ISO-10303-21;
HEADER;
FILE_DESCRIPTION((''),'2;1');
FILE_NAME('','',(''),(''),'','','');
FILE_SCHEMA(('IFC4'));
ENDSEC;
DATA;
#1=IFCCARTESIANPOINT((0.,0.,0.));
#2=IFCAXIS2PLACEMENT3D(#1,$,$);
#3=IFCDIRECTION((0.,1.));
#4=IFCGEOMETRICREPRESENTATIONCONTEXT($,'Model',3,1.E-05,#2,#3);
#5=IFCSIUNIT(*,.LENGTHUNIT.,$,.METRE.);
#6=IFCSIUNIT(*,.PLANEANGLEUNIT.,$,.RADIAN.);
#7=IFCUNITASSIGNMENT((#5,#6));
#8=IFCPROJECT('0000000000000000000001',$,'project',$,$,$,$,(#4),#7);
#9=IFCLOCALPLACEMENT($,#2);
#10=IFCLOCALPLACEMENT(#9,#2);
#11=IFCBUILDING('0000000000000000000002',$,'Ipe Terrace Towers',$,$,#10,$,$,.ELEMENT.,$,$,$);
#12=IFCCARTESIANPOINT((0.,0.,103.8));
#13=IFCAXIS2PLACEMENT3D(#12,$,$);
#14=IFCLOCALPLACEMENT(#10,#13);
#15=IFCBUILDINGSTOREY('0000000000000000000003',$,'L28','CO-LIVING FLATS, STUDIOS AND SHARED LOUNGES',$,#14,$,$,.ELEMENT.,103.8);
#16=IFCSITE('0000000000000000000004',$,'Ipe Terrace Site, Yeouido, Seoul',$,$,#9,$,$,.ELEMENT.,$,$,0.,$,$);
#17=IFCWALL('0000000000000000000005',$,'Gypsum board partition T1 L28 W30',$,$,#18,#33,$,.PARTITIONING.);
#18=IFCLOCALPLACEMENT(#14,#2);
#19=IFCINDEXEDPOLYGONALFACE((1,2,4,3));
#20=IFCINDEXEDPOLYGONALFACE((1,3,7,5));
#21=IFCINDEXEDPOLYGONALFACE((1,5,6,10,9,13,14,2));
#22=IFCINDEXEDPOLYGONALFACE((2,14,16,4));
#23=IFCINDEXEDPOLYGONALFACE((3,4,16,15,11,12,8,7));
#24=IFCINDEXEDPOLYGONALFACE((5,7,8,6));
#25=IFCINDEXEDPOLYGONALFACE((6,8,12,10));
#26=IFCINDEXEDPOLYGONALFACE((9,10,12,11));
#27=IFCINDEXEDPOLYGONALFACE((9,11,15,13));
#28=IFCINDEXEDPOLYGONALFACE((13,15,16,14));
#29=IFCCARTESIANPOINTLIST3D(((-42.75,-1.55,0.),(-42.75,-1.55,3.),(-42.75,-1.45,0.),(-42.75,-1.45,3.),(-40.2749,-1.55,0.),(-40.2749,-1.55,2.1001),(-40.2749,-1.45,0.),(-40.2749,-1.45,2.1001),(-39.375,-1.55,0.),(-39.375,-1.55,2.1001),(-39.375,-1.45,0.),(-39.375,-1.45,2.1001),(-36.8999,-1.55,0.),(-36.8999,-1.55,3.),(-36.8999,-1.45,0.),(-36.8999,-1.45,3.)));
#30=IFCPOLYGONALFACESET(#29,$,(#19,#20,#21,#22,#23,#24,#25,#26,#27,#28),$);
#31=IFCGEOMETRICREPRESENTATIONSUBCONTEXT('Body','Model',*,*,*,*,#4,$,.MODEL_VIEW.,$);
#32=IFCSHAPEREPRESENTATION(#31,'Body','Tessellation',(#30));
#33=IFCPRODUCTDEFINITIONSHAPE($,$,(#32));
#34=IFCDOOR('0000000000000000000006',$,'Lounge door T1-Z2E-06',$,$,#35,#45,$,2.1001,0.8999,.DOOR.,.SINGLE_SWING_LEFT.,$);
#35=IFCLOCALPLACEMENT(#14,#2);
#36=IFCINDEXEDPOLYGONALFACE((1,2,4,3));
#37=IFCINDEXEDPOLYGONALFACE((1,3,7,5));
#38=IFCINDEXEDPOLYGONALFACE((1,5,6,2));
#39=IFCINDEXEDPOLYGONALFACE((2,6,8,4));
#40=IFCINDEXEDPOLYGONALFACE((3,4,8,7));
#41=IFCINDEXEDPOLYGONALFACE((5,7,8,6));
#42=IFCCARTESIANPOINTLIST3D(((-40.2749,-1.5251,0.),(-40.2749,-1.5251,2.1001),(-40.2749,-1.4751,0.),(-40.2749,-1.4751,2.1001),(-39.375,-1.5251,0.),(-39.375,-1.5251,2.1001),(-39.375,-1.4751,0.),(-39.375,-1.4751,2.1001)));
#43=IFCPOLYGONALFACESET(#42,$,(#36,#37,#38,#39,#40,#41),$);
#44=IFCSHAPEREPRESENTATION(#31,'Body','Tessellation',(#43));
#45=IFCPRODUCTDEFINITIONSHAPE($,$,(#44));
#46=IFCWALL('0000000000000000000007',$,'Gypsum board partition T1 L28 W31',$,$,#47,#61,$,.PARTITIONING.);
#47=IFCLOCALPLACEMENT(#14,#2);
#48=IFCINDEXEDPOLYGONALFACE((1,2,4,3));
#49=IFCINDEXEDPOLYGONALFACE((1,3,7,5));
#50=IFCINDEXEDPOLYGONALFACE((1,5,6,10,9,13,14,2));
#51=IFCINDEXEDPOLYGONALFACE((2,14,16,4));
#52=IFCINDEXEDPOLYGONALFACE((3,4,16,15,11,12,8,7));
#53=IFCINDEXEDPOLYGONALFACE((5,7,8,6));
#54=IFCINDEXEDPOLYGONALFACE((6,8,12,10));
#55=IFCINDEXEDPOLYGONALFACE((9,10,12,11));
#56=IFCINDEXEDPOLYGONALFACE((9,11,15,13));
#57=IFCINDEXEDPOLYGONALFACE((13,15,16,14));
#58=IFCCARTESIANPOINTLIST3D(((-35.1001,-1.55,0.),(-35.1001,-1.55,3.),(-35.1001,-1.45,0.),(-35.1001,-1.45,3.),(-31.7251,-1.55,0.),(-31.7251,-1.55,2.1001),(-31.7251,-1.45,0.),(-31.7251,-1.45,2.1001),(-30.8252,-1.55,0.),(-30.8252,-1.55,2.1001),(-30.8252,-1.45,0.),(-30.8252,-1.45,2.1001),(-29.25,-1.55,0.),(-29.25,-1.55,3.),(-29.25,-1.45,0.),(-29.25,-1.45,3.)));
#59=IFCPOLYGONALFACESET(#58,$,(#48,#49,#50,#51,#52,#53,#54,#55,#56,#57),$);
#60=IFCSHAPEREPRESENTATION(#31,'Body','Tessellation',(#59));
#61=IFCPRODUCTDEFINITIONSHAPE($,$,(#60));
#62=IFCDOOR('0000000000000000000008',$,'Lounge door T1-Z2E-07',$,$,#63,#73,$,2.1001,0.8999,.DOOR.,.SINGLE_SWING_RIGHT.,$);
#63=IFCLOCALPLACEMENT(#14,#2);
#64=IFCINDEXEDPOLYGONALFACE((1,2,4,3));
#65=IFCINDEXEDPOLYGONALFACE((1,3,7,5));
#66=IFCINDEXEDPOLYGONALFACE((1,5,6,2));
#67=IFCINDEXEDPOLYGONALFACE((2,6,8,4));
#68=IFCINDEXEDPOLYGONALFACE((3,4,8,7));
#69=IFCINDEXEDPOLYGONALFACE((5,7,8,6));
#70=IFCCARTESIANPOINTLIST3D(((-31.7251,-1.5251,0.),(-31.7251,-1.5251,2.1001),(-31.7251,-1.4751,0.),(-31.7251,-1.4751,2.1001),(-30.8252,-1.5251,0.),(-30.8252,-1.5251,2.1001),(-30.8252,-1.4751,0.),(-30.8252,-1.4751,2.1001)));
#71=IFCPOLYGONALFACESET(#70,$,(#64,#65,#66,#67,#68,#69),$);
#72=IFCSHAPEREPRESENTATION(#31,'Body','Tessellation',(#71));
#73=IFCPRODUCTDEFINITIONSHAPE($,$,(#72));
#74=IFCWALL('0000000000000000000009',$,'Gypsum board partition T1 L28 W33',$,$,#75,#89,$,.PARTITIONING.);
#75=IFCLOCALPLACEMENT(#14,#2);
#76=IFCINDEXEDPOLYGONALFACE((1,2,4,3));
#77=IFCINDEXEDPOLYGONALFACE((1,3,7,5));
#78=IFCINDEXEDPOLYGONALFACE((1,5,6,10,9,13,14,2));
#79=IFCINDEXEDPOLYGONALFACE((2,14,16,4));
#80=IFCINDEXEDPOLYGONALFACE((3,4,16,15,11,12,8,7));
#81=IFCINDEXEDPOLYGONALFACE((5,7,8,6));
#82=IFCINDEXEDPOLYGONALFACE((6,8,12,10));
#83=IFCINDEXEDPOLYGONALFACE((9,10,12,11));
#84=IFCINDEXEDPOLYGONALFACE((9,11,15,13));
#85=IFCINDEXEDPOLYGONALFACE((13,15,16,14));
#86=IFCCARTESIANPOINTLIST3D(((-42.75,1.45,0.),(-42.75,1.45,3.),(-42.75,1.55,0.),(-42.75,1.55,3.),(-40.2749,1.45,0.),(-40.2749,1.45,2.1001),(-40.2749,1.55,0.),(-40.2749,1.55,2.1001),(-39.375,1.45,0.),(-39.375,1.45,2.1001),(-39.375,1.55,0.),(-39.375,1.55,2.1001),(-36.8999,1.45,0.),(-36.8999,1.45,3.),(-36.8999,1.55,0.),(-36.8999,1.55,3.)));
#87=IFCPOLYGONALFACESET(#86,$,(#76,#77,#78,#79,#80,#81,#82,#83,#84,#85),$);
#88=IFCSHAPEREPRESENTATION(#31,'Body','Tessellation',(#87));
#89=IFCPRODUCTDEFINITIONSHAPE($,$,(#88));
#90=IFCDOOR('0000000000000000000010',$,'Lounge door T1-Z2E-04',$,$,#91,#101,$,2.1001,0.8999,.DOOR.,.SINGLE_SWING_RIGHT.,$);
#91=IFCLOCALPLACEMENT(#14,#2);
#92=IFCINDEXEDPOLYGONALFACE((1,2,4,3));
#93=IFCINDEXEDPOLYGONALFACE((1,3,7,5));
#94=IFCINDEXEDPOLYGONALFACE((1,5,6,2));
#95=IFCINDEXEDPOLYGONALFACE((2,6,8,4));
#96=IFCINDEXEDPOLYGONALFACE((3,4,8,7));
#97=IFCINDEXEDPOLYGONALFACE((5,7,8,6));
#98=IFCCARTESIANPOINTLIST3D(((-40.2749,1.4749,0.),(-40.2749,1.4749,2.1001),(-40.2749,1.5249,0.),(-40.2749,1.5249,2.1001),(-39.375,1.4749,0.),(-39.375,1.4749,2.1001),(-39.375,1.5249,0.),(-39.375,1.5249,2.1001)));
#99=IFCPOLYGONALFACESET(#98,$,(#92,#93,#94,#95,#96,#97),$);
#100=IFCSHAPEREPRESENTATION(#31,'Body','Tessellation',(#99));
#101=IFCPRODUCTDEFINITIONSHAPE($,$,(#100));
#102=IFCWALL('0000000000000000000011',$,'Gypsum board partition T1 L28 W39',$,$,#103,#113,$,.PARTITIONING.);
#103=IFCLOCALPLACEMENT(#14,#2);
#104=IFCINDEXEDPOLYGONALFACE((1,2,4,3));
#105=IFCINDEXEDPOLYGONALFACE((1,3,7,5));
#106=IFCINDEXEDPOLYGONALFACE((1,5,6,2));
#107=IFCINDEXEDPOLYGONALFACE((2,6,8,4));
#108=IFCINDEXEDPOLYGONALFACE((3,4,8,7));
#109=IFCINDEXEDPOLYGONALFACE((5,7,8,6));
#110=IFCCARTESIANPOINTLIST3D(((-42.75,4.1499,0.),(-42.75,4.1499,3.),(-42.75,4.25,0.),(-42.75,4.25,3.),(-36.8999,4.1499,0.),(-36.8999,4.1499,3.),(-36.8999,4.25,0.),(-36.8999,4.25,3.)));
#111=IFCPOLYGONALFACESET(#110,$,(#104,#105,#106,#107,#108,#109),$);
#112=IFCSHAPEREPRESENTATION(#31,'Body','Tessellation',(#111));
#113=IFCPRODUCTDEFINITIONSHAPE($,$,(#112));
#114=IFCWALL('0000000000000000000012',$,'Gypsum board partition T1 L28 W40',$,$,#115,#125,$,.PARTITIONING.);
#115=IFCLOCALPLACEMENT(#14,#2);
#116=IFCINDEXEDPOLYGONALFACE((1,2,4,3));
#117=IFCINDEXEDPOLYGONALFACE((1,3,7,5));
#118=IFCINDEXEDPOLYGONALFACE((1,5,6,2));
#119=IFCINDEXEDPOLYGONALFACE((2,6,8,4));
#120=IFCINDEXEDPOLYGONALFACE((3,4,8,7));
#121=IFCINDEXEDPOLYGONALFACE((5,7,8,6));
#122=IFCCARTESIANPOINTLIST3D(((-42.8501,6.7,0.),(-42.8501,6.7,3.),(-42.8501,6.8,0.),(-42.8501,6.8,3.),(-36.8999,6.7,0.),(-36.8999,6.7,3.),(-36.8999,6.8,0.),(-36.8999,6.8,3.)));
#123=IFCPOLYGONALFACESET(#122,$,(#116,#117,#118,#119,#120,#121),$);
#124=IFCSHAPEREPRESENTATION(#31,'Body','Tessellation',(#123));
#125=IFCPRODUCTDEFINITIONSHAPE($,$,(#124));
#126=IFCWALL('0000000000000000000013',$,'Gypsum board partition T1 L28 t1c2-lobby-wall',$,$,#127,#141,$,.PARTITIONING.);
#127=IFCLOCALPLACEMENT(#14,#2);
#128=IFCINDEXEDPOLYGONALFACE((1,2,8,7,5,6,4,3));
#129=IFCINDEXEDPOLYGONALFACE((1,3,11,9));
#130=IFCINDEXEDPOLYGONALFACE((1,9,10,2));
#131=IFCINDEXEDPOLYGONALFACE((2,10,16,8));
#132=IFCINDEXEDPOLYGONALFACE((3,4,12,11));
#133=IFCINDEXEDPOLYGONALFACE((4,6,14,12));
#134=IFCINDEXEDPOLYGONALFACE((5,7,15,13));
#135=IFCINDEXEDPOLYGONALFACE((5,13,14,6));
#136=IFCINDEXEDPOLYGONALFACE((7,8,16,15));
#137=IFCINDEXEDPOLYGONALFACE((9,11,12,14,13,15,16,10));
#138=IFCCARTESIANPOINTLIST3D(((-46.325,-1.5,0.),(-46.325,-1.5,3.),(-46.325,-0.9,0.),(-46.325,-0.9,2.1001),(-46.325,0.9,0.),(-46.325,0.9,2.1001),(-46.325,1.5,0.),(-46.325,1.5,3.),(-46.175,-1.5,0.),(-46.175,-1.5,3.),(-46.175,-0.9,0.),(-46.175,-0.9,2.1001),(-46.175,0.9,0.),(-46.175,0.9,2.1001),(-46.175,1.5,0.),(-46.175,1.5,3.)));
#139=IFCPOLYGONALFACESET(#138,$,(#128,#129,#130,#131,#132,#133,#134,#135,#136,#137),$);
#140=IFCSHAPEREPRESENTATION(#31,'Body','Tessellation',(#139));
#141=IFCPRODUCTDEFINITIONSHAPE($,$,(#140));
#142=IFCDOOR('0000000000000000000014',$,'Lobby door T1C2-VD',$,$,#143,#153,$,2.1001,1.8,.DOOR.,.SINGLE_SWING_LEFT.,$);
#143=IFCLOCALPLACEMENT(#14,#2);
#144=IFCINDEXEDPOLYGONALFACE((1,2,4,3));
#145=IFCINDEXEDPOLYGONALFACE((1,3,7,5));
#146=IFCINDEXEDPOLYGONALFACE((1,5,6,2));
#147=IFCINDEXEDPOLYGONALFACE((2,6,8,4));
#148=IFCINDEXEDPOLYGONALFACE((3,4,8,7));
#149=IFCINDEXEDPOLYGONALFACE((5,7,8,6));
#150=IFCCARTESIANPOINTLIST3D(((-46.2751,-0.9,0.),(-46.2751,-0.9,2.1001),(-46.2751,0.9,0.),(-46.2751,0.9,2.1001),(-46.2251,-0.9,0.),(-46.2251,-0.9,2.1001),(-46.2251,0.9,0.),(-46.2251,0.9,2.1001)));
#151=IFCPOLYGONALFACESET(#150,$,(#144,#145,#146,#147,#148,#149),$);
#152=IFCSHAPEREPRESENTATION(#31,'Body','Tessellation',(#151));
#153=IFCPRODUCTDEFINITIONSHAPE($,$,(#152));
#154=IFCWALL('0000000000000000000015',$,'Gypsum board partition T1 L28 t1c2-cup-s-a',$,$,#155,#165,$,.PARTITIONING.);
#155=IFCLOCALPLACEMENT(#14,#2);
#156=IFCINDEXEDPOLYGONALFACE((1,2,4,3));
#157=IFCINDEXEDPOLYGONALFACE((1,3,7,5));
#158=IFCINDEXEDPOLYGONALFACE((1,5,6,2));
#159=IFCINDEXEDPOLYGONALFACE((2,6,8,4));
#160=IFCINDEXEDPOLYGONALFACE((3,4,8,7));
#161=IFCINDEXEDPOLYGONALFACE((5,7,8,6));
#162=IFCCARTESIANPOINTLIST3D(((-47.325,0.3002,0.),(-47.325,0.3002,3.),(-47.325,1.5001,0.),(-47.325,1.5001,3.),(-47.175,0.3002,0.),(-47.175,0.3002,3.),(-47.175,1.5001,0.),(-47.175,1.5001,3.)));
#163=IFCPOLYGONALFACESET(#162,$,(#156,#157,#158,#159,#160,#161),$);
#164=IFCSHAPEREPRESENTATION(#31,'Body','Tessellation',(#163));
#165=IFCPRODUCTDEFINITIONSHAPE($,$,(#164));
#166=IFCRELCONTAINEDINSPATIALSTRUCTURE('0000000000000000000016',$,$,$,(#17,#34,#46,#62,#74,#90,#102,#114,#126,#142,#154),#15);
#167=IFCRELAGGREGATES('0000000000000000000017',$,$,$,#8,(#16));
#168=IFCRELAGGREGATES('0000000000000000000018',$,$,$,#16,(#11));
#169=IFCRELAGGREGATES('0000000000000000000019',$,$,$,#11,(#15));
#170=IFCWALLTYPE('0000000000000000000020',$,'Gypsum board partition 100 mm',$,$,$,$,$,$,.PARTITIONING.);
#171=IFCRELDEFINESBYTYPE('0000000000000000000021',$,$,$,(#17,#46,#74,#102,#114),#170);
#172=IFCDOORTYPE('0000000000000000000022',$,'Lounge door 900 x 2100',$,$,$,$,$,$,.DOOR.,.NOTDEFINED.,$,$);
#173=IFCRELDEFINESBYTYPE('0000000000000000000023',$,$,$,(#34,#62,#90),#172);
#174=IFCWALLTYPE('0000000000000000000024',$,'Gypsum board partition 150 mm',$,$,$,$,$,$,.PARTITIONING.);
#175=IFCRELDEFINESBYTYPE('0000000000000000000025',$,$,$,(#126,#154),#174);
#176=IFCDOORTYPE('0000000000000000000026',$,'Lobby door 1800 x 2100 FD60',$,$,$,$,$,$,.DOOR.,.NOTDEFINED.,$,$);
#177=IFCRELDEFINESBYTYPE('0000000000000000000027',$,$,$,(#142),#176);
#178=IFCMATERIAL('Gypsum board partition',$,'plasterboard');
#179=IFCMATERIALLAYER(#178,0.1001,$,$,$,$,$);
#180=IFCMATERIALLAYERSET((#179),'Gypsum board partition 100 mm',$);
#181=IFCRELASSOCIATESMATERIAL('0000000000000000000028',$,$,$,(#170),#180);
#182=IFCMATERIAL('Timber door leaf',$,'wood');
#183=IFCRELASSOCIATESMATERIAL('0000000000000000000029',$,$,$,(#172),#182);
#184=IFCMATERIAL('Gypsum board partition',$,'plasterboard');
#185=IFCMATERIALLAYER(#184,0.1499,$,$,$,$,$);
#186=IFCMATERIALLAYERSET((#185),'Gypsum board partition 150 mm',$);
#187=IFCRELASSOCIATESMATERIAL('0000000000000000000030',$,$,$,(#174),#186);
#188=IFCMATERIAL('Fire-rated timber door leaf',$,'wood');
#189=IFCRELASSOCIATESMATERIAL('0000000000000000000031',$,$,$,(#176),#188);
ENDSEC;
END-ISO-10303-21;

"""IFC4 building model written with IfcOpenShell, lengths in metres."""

from ifc_helpers import new_model, si_unit, direction, frame, frame_2d, origin, place, context, subcontext, project, spatial, rectangle, extrude, material, layer, layer_set, type_object, element, fill, save


model = new_model("IFC4")

# Units and contexts
model_context = context("Model", 3, precision=1e-05, world=origin(), true_north=direction((0.0, 1.0)))
body_context = subcontext(model_context, "Body", "Model", "MODEL_VIEW")
ifc_project = project(units=[si_unit("LENGTHUNIT", "METRE"), si_unit("PLANEANGLEUNIT", "RADIAN")], contexts=[model_context])

# Site, building, storey
site_placement = place(None, origin())
site = spatial("IfcSite", under=ifc_project, at=site_placement, Name="Ipe Terrace Site, Yeouido, Seoul", CompositionType="ELEMENT", RefElevation=0.0)
building_placement = place(site_placement, origin())
building = spatial("IfcBuilding", under=site, at=building_placement, Name="Ipe Terrace Towers", CompositionType="ELEMENT")
storey_placement = place(building_placement, frame((0.0, 0.0, 103.8)))
storey = spatial("IfcBuildingStorey", under=building, at=storey_placement, Name="L28", Description="CO-LIVING FLATS, STUDIOS AND SHARED LOUNGES", CompositionType="ELEMENT", Elevation=103.8)

# Walls, openings, doors
ifc_material_1 = material(Name="Gypsum board partition", Category="plasterboard")
ifc_layer_1 = layer(ifc_material_1, 0.1001)
ifc_layer_set_1 = layer_set([ifc_layer_1], Name="Gypsum board partition 100 mm")
wall_type_1 = type_object("IfcWallType", Name="Gypsum board partition 100 mm", PredefinedType="PARTITIONING", material=ifc_layer_set_1)
ifc_material_2 = material(Name="Timber door leaf", Category="wood")
door_type_1 = type_object("IfcDoorType", Name="Lounge door 900 x 2100", OperationType="NOTDEFINED", PredefinedType="DOOR", material=ifc_material_2)
wall_1_placement = place(storey_placement, frame((-42.75, -1.5, 0.0), z_axis=(0.0, 0.0, 1.0), x_axis=(1.0, 0.0, 0.0)))
wall_1 = element("IfcWall", 1, at=wall_1_placement, inside=storey, type_object=wall_type_1, Name="Gypsum board partition T1 L28 W30", PredefinedType="PARTITIONING", context=body_context, shape_type="SweptSolid", body=[
    extrude(rectangle(XDim=5.8501, YDim=0.1001, at=frame_2d((2.925, 0.0))), origin(), (0.0, 0.0, 1.0), 3.0),
])
opening_1_placement = place(wall_1_placement, frame((2.4751, 0.0, 0.0)))
opening_1 = element("IfcOpeningElement", 2, at=opening_1_placement, cuts=wall_1, PredefinedType="OPENING", context=body_context, shape_type="SweptSolid", body=[
    extrude(rectangle(XDim=0.8999, YDim=2.1001, at=frame_2d((0.45, 1.05))), frame((0.0, 0.0601, 0.0), z_axis=(0.0, -1.0, 0.0), x_axis=(1.0, 0.0, 0.0)), (0.0, 0.0, 1.0), 0.1201),
])
door_1_placement = place(opening_1_placement, origin())
door_1 = element("IfcDoor", 3, at=door_1_placement, inside=storey, type_object=door_type_1, Name="Lounge door T1-Z2E-06", OperationType="SINGLE_SWING_LEFT", OverallHeight=2.1001, OverallWidth=0.8999, PredefinedType="DOOR", context=body_context, shape_type="SweptSolid", body=[
    extrude(rectangle(XDim=0.8999, YDim=2.1001, at=frame_2d((0.45, 1.05))), frame((0.0, 0.0249, 0.0), z_axis=(0.0, -1.0, 0.0), x_axis=(1.0, 0.0, 0.0)), (0.0, 0.0, 1.0), 0.05),
])
fill(opening_1, door_1)
wall_2_placement = place(storey_placement, frame((-35.1001, -1.5, 0.0), z_axis=(0.0, 0.0, 1.0), x_axis=(1.0, 0.0, 0.0)))
wall_2 = element("IfcWall", 4, at=wall_2_placement, inside=storey, type_object=wall_type_1, Name="Gypsum board partition T1 L28 W31", PredefinedType="PARTITIONING", context=body_context, shape_type="SweptSolid", body=[
    extrude(rectangle(XDim=5.8501, YDim=0.1001, at=frame_2d((2.925, 0.0))), origin(), (0.0, 0.0, 1.0), 3.0),
])
opening_2_placement = place(wall_2_placement, frame((3.375, 0.0, 0.0)))
opening_2 = element("IfcOpeningElement", 5, at=opening_2_placement, cuts=wall_2, PredefinedType="OPENING", context=body_context, shape_type="SweptSolid", body=[
    extrude(rectangle(XDim=0.8999, YDim=2.1001, at=frame_2d((0.45, 1.05))), frame((0.0, 0.0601, 0.0), z_axis=(0.0, -1.0, 0.0), x_axis=(1.0, 0.0, 0.0)), (0.0, 0.0, 1.0), 0.1201),
])
door_2_placement = place(opening_2_placement, origin())
door_2 = element("IfcDoor", 6, at=door_2_placement, inside=storey, type_object=door_type_1, Name="Lounge door T1-Z2E-07", OperationType="SINGLE_SWING_RIGHT", OverallHeight=2.1001, OverallWidth=0.8999, PredefinedType="DOOR", context=body_context, shape_type="SweptSolid", body=[
    extrude(rectangle(XDim=0.8999, YDim=2.1001, at=frame_2d((0.45, 1.05))), frame((0.0, 0.0249, 0.0), z_axis=(0.0, -1.0, 0.0), x_axis=(1.0, 0.0, 0.0)), (0.0, 0.0, 1.0), 0.05),
])
fill(opening_2, door_2)
wall_3_placement = place(storey_placement, frame((-42.75, 1.5, 0.0), z_axis=(0.0, 0.0, 1.0), x_axis=(1.0, 0.0, 0.0)))
wall_3 = element("IfcWall", 7, at=wall_3_placement, inside=storey, type_object=wall_type_1, Name="Gypsum board partition T1 L28 W33", PredefinedType="PARTITIONING", context=body_context, shape_type="SweptSolid", body=[
    extrude(rectangle(XDim=5.8501, YDim=0.1001, at=frame_2d((2.925, 0.0))), origin(), (0.0, 0.0, 1.0), 3.0),
])
opening_3_placement = place(wall_3_placement, frame((2.4751, 0.0, 0.0)))
opening_3 = element("IfcOpeningElement", 8, at=opening_3_placement, cuts=wall_3, PredefinedType="OPENING", context=body_context, shape_type="SweptSolid", body=[
    extrude(rectangle(XDim=0.8999, YDim=2.1001, at=frame_2d((0.45, 1.05))), frame((0.0, 0.0601, 0.0), z_axis=(0.0, -1.0, 0.0), x_axis=(1.0, 0.0, 0.0)), (0.0, 0.0, 1.0), 0.1201),
])
door_3_placement = place(opening_3_placement, origin())
door_3 = element("IfcDoor", 9, at=door_3_placement, inside=storey, type_object=door_type_1, Name="Lounge door T1-Z2E-04", OperationType="SINGLE_SWING_RIGHT", OverallHeight=2.1001, OverallWidth=0.8999, PredefinedType="DOOR", context=body_context, shape_type="SweptSolid", body=[
    extrude(rectangle(XDim=0.8999, YDim=2.1001, at=frame_2d((0.45, 1.05))), frame((0.0, 0.0249, 0.0), z_axis=(0.0, -1.0, 0.0), x_axis=(1.0, 0.0, 0.0)), (0.0, 0.0, 1.0), 0.05),
])
fill(opening_3, door_3)

# Walls
wall_4_placement = place(storey_placement, frame((-42.75, 4.2, 0.0), z_axis=(0.0, 0.0, 1.0), x_axis=(1.0, 0.0, 0.0)))
element("IfcWall", 10, at=wall_4_placement, inside=storey, type_object=wall_type_1, Name="Gypsum board partition T1 L28 W39", PredefinedType="PARTITIONING", context=body_context, shape_type="SweptSolid", body=[
    extrude(rectangle(XDim=5.8501, YDim=0.1001, at=frame_2d((2.925, 0.0))), origin(), (0.0, 0.0, 1.0), 3.0),
])
wall_5_placement = place(storey_placement, frame((-42.8501, 6.75, 0.0), z_axis=(0.0, 0.0, 1.0), x_axis=(1.0, 0.0, 0.0)))
element("IfcWall", 11, at=wall_5_placement, inside=storey, type_object=wall_type_1, Name="Gypsum board partition T1 L28 W40", PredefinedType="PARTITIONING", context=body_context, shape_type="SweptSolid", body=[
    extrude(rectangle(XDim=5.9502, YDim=0.1001, at=frame_2d((2.9751, 0.0))), origin(), (0.0, 0.0, 1.0), 3.0),
])

# Wall, opening, door
ifc_material_3 = material(Name="Gypsum board partition", Category="plasterboard")
ifc_layer_2 = layer(ifc_material_3, 0.1499)
ifc_layer_set_2 = layer_set([ifc_layer_2], Name="Gypsum board partition 150 mm")
wall_type_2 = type_object("IfcWallType", Name="Gypsum board partition 150 mm", PredefinedType="PARTITIONING", material=ifc_layer_set_2)
wall_6_placement = place(storey_placement, frame((-46.25, 1.5, 0.0), z_axis=(0.0, 0.0, 1.0), x_axis=(0.0, -1.0, 0.0)))
wall_6 = element("IfcWall", 12, at=wall_6_placement, inside=storey, type_object=wall_type_2, Name="Gypsum board partition T1 L28 t1c2-lobby-wall", PredefinedType="PARTITIONING", context=body_context, shape_type="SweptSolid", body=[
    extrude(rectangle(XDim=3.0, YDim=0.1499, at=frame_2d((1.5, 0.0))), origin(), (0.0, 0.0, 1.0), 3.0),
])
opening_4_placement = place(wall_6_placement, frame((0.6001, 0.0, 0.0)))
opening_4 = element("IfcOpeningElement", 13, at=opening_4_placement, cuts=wall_6, PredefinedType="OPENING", context=body_context, shape_type="SweptSolid", body=[
    extrude(rectangle(XDim=1.8, YDim=2.1001, at=frame_2d((0.8999, 1.05))), frame((0.0, 0.085, 0.0), z_axis=(0.0, -1.0, 0.0), x_axis=(1.0, 0.0, 0.0)), (0.0, 0.0, 1.0), 0.1699),
])
ifc_material_4 = material(Name="Fire-rated timber door leaf", Category="wood")
door_type_2 = type_object("IfcDoorType", Name="Lobby door 1800 x 2100 FD60", OperationType="NOTDEFINED", PredefinedType="DOOR", material=ifc_material_4)
door_4_placement = place(opening_4_placement, origin())
door_4 = element("IfcDoor", 14, at=door_4_placement, inside=storey, type_object=door_type_2, Name="Lobby door T1C2-VD", OperationType="SINGLE_SWING_LEFT", OverallHeight=2.1001, OverallWidth=1.8, PredefinedType="DOOR", context=body_context, shape_type="SweptSolid", body=[
    extrude(rectangle(XDim=1.8, YDim=2.1001, at=frame_2d((0.8999, 1.05))), frame((0.0, 0.0249, 0.0), z_axis=(0.0, -1.0, 0.0), x_axis=(1.0, 0.0, 0.0)), (0.0, 0.0, 1.0), 0.05),
])
fill(opening_4, door_4)

# Wall
wall_7_placement = place(storey_placement, frame((-47.25, 0.3, 0.0), z_axis=(0.0, 0.0, 1.0), x_axis=(0.0, 1.0, 0.0)))
element("IfcWall", 15, at=wall_7_placement, inside=storey, type_object=wall_type_2, Name="Gypsum board partition T1 L28 t1c2-cup-s-a", PredefinedType="PARTITIONING", context=body_context, shape_type="SweptSolid", body=[
    extrude(rectangle(XDim=1.2, YDim=0.1499, at=frame_2d((0.6001, 0.0))), origin(), (0.0, 0.0, 1.0), 3.0),
])

save(model, "model.ifc")
